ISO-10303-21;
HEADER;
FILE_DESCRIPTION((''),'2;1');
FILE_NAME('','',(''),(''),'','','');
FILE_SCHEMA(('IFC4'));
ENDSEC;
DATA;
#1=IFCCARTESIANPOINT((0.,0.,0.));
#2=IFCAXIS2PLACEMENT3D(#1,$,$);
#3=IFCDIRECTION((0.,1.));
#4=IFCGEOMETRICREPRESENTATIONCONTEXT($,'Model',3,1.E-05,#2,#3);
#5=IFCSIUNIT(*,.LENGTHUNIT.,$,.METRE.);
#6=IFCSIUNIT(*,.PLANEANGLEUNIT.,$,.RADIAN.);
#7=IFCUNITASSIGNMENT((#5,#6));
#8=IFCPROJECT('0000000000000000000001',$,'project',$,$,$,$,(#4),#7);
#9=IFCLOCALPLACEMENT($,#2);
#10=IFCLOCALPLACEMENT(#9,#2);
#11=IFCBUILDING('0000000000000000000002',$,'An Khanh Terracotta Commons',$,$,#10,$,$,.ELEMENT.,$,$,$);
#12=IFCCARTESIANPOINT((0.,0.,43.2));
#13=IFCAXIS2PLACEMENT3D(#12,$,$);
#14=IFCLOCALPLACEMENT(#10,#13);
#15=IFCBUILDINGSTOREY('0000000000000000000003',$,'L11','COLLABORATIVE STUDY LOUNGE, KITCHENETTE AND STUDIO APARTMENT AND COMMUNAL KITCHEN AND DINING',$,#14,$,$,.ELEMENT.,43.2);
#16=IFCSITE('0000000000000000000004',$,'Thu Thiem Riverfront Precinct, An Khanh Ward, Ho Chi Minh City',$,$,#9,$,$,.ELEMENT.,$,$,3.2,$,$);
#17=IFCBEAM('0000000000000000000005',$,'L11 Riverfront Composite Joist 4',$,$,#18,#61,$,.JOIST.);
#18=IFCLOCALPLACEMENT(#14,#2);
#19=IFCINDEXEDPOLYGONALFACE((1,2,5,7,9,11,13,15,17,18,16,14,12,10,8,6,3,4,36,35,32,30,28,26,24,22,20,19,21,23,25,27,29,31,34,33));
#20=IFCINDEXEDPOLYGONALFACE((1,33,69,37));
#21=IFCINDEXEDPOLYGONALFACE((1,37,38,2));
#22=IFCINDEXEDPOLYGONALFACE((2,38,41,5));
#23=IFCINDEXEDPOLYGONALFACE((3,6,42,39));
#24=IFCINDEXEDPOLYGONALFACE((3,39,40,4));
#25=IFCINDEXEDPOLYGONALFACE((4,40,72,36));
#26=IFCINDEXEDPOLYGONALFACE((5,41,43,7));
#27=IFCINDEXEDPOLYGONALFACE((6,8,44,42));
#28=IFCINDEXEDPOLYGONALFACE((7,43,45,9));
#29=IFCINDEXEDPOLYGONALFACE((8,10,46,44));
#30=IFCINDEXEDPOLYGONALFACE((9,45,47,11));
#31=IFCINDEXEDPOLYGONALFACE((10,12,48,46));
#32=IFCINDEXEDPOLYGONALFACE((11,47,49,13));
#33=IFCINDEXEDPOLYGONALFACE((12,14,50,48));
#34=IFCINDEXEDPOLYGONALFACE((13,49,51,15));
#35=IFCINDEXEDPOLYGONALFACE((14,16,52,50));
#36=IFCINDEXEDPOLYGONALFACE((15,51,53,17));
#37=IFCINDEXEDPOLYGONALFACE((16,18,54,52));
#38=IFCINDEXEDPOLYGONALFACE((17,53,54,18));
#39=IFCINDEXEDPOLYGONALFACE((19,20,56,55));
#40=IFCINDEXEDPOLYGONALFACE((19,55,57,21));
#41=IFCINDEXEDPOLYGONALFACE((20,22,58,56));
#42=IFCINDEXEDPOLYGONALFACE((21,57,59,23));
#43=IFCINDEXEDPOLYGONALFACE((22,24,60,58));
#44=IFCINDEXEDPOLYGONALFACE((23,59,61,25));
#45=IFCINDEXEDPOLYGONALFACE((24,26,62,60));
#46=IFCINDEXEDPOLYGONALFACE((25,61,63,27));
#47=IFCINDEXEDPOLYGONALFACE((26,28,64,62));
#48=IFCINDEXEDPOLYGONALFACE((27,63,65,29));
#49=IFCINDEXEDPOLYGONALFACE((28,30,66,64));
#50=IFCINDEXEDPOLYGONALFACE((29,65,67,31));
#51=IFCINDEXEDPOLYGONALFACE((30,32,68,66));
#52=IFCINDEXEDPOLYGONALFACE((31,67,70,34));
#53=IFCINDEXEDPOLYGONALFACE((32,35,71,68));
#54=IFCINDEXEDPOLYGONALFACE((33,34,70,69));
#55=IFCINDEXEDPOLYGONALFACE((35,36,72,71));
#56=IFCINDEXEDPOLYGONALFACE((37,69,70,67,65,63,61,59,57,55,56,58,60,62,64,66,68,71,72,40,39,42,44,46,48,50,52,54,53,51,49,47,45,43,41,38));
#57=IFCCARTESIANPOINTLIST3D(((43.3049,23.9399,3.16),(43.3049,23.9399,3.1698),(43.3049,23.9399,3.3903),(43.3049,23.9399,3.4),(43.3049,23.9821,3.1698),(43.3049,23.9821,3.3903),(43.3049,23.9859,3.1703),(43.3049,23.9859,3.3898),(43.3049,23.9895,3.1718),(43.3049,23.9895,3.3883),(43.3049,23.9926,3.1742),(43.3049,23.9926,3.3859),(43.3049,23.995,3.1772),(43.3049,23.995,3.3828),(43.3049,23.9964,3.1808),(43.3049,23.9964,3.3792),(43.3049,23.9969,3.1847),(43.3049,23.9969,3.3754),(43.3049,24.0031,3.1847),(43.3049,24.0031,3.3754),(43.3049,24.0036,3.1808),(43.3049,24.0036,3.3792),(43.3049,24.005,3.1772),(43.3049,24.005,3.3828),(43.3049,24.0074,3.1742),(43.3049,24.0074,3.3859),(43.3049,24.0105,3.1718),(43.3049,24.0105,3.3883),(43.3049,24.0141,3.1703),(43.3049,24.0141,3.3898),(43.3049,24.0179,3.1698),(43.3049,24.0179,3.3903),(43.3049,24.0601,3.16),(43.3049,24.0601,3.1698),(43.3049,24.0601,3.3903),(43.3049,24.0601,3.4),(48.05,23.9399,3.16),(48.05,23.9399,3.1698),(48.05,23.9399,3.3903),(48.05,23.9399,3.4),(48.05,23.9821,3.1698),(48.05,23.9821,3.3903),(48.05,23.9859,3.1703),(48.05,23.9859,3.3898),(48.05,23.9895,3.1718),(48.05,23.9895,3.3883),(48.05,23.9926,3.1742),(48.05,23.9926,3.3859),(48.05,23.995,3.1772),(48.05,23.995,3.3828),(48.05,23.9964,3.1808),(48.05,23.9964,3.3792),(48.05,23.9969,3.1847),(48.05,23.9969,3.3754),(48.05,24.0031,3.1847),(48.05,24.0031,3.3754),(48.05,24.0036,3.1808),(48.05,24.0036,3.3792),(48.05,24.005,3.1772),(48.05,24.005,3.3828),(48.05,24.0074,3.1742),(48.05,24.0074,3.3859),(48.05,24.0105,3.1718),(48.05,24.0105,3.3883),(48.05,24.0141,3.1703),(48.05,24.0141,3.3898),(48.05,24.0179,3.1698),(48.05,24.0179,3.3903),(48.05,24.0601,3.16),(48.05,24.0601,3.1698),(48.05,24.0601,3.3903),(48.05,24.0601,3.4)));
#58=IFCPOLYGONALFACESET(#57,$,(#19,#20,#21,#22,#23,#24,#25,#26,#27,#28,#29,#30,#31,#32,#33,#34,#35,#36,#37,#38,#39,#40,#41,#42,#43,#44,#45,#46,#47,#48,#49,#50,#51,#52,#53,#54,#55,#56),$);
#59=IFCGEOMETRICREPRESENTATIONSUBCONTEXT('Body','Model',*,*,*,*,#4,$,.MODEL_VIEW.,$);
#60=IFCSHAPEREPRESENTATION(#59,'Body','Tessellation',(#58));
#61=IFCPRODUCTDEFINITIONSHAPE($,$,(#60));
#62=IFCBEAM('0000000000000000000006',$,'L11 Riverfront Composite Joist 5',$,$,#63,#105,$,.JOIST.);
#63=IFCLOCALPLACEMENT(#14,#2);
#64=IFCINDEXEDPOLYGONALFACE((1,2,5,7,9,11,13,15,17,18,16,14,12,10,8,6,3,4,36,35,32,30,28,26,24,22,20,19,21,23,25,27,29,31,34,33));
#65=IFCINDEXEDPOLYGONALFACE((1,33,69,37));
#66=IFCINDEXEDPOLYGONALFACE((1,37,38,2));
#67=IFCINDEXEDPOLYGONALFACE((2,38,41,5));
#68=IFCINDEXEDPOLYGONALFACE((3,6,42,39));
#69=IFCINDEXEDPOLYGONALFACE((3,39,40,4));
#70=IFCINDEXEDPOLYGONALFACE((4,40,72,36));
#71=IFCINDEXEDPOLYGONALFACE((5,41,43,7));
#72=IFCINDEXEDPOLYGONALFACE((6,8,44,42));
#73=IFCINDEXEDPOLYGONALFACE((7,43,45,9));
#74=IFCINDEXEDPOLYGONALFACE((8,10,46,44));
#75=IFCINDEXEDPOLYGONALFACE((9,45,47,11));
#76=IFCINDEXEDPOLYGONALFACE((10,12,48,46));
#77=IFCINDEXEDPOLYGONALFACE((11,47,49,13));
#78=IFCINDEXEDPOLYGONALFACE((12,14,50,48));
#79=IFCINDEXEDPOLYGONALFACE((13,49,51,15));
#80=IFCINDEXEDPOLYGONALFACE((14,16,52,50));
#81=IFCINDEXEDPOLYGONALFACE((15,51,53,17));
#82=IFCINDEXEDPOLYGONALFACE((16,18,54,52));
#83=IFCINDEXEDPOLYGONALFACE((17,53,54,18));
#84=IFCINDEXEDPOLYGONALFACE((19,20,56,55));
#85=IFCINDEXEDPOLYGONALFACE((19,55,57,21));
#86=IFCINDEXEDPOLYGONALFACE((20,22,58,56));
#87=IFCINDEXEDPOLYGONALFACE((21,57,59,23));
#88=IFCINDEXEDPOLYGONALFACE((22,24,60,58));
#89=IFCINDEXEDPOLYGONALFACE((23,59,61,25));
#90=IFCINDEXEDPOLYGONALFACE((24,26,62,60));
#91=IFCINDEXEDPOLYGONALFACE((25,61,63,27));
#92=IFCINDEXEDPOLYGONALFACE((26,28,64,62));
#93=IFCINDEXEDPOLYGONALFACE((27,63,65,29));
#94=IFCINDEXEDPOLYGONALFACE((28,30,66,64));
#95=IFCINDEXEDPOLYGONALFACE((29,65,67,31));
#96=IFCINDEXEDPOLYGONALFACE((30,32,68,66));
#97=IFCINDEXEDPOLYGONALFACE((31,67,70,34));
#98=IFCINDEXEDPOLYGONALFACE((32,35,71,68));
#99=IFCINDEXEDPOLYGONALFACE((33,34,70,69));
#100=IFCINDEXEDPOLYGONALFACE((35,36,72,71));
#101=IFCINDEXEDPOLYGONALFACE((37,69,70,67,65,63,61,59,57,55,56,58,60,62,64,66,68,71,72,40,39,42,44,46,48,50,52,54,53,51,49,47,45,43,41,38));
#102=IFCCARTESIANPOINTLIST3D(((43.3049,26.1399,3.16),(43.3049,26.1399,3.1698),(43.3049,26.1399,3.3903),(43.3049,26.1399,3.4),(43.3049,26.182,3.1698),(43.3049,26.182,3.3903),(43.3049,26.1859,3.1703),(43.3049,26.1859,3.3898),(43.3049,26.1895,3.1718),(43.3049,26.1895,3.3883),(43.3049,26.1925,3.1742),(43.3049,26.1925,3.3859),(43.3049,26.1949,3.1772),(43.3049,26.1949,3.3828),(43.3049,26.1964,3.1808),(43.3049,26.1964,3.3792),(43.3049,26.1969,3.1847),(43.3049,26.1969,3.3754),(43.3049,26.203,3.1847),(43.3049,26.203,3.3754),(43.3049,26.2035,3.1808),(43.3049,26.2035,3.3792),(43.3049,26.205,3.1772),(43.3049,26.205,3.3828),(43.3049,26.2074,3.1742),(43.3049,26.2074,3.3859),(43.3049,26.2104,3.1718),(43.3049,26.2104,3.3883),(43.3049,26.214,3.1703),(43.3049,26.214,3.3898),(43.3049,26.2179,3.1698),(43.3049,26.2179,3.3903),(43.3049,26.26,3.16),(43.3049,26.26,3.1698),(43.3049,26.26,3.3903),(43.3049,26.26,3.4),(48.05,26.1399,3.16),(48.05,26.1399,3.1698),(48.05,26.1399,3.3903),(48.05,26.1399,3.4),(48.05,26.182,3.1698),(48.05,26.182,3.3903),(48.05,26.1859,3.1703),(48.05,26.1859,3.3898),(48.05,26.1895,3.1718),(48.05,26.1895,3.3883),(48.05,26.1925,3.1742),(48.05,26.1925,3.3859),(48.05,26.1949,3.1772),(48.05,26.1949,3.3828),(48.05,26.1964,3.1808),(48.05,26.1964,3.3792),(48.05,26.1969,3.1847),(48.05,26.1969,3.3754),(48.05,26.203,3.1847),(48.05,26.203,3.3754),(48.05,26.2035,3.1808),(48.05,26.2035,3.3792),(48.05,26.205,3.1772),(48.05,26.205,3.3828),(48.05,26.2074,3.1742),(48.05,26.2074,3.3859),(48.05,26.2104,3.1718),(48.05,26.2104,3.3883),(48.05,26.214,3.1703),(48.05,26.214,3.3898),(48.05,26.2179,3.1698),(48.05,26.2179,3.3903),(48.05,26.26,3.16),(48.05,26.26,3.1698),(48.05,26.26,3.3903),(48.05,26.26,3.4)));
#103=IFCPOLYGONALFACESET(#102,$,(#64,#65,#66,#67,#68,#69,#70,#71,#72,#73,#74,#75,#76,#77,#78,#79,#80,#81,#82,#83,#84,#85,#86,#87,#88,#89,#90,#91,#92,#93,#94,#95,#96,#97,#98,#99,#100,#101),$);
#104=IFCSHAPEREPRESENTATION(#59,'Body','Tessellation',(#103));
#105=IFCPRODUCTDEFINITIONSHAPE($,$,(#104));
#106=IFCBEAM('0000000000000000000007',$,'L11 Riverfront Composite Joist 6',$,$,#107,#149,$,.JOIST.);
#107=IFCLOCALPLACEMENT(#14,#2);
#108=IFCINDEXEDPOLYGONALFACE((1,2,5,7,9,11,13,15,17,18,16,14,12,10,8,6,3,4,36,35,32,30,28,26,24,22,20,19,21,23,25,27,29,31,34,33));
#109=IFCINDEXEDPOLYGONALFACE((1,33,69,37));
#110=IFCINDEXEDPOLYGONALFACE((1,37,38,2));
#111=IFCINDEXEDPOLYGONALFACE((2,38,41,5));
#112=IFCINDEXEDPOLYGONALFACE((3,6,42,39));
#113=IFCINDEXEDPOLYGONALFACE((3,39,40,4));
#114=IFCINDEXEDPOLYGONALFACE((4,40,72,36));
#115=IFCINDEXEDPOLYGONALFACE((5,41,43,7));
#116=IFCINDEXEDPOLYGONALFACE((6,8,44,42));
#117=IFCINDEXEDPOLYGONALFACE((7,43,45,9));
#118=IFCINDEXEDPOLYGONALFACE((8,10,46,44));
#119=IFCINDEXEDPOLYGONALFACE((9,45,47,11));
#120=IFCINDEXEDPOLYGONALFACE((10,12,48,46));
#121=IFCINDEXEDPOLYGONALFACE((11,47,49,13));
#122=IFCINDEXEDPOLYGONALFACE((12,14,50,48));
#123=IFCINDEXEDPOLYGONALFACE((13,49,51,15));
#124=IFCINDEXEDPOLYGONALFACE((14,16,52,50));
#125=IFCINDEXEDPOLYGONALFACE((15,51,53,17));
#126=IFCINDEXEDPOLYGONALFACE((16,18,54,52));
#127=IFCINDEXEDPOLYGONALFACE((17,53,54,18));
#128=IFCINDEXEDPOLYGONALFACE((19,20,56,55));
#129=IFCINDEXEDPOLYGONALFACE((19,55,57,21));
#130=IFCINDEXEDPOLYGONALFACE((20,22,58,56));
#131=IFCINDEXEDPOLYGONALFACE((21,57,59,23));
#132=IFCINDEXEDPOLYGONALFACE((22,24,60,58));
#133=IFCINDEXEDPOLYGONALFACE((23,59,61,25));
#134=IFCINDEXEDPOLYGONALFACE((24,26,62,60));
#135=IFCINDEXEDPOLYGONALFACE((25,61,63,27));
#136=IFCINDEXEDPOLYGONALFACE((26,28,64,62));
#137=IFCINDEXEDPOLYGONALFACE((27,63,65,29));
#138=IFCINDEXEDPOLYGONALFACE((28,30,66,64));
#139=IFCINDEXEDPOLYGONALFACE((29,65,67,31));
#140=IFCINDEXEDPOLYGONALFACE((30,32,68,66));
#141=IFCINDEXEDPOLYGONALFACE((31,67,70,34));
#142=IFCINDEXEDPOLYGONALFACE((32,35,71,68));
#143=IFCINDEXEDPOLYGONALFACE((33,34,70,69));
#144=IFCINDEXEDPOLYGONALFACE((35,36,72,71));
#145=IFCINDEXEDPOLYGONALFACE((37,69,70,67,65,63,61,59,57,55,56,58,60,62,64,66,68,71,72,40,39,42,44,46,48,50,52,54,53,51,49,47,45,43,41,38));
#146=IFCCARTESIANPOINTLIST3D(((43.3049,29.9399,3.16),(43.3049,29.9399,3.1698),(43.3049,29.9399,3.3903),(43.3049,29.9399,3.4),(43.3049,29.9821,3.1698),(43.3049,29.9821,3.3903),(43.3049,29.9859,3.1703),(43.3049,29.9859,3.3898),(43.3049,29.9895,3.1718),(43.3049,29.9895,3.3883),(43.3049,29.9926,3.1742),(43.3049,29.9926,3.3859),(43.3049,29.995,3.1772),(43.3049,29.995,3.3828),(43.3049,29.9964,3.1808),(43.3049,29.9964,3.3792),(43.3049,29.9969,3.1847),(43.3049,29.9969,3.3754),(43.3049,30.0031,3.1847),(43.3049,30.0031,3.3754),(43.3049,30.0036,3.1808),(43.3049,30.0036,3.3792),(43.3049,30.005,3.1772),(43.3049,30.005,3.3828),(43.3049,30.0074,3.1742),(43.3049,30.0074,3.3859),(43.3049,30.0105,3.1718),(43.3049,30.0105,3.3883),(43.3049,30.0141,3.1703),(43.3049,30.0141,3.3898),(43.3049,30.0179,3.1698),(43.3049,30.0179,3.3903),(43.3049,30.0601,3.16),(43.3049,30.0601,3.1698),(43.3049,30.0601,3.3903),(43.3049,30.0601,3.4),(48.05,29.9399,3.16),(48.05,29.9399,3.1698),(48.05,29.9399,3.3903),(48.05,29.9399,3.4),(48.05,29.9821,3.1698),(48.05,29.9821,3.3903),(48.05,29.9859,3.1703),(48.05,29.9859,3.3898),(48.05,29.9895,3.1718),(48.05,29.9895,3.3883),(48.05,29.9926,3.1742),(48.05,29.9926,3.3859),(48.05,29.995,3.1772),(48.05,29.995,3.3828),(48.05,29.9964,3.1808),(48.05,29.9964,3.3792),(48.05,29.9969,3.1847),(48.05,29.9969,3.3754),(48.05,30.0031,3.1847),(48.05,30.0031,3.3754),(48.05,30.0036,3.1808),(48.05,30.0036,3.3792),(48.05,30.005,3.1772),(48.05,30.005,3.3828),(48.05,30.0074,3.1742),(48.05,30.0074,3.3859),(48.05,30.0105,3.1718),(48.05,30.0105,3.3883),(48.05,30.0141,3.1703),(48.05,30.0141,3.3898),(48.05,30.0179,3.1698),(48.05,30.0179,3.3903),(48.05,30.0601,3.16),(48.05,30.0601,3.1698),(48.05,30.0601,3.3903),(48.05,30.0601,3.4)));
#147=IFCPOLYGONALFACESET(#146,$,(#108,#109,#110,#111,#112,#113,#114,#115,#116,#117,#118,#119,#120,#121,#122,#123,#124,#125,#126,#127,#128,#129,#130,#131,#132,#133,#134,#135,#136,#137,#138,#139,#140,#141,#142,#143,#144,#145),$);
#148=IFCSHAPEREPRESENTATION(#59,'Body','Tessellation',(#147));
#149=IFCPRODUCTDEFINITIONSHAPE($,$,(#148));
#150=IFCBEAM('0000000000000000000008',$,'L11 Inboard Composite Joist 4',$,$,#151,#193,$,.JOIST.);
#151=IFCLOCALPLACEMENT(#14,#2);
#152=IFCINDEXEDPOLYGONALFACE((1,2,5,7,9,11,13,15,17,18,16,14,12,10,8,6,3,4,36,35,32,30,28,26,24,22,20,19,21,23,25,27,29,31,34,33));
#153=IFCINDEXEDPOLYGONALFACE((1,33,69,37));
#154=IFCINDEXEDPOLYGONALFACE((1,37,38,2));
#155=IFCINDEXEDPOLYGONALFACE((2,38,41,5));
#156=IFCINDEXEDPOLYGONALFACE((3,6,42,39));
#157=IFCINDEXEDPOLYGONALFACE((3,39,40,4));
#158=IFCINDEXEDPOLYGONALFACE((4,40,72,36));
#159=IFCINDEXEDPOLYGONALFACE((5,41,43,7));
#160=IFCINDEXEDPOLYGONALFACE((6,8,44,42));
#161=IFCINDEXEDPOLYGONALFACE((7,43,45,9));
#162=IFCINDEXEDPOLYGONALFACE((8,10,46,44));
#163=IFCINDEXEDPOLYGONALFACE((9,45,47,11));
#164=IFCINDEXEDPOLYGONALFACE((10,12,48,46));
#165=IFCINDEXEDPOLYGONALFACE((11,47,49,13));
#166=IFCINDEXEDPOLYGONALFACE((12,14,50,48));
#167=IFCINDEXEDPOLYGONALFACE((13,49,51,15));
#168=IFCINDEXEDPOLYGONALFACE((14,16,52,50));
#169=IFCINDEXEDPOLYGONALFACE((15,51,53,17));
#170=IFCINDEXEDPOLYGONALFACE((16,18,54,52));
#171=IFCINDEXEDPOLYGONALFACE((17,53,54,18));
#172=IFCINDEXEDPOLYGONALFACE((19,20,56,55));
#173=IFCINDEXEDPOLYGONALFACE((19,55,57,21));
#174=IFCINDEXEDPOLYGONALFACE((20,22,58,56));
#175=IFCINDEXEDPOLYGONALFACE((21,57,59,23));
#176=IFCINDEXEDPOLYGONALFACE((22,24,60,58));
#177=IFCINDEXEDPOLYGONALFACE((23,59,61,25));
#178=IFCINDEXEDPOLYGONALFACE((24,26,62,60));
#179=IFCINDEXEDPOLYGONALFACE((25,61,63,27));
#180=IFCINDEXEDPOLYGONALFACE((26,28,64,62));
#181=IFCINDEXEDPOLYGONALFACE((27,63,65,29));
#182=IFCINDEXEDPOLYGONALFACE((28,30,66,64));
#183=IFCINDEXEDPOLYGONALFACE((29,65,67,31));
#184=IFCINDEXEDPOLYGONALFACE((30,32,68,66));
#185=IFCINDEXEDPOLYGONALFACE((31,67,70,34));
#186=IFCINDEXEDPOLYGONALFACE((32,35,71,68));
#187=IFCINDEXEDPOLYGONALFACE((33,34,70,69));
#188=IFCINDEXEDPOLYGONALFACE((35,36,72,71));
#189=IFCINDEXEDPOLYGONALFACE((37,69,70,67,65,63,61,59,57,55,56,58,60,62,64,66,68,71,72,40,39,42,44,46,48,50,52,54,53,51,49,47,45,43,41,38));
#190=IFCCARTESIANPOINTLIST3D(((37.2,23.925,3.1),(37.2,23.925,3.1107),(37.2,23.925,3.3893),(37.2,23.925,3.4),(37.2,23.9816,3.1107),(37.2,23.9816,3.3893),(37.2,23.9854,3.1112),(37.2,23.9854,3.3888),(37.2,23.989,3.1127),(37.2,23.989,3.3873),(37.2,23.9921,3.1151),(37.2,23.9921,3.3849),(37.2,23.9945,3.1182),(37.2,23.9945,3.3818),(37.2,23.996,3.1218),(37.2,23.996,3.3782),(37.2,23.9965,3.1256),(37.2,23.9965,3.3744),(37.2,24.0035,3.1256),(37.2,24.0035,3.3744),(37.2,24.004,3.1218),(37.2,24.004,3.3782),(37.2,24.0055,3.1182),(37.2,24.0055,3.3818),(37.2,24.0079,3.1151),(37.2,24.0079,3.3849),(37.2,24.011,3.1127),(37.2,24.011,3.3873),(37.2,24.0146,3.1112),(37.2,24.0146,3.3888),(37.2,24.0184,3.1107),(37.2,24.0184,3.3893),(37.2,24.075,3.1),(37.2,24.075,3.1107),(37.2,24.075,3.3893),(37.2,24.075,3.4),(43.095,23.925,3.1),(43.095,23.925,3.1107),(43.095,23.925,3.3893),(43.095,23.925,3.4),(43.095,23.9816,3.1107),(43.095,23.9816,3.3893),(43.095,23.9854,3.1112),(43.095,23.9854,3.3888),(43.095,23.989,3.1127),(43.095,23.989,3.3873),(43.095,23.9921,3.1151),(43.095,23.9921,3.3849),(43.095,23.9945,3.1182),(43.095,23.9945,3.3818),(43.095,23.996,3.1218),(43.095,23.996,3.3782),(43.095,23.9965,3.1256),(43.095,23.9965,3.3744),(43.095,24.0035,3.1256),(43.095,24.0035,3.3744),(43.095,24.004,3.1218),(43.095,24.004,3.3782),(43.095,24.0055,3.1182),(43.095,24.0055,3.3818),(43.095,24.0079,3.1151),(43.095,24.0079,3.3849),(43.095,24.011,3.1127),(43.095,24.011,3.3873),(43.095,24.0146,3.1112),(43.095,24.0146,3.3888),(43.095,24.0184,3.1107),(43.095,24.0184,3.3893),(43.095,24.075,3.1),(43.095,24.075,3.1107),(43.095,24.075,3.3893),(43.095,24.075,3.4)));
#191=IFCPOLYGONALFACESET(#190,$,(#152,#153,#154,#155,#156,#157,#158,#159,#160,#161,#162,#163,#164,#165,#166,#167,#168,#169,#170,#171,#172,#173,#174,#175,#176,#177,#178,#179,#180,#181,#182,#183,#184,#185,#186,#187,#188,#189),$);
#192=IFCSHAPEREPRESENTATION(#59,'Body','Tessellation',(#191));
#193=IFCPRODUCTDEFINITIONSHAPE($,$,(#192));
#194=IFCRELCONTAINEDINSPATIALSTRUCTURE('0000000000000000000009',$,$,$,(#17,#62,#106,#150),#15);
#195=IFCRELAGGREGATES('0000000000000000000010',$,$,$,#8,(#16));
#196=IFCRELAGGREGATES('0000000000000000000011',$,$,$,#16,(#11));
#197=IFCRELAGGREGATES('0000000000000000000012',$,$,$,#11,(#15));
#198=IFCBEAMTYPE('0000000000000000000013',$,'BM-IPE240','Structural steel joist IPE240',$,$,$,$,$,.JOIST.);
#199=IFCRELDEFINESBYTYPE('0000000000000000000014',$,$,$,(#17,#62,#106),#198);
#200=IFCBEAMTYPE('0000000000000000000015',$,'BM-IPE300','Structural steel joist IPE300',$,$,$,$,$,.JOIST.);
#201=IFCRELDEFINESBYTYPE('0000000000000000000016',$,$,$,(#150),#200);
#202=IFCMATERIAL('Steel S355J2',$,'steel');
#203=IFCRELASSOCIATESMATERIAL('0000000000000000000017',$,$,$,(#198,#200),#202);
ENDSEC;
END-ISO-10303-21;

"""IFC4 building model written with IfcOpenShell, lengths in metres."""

from ifc_helpers import new_model, si_unit, direction, frame, origin, origin_2d, place, context, subcontext, project, spatial, i_section, extrude, material, material_profile, profile_set, type_object, element, save


model = new_model("IFC4")

# Units and contexts
model_context = context("Model", 3, precision=1e-05, world=origin(), true_north=direction((0.0, 1.0)))
body_context = subcontext(model_context, "Body", "Model", "MODEL_VIEW")
ifc_project = project(units=[si_unit("LENGTHUNIT", "METRE"), si_unit("PLANEANGLEUNIT", "RADIAN")], contexts=[model_context])

# Site, building, storey
site_placement = place(None, origin())
site = spatial("IfcSite", under=ifc_project, at=site_placement, Name="Thu Thiem Riverfront Precinct, An Khanh Ward, Ho Chi Minh City", CompositionType="ELEMENT", RefElevation=3.2)
building_placement = place(site_placement, origin())
building = spatial("IfcBuilding", under=site, at=building_placement, Name="An Khanh Terracotta Commons", CompositionType="ELEMENT")
storey_placement = place(building_placement, frame((0.0, 0.0, 43.2)))
storey = spatial("IfcBuildingStorey", under=building, at=storey_placement, Name="L11", Description="COLLABORATIVE STUDY LOUNGE, KITCHENETTE AND STUDIO APARTMENT AND COMMUNAL KITCHEN AND DINING", CompositionType="ELEMENT", Elevation=43.2)

# Beams
ifc_material_1 = material(Name="Steel S355J2", Category="steel")
ifc_material_profile_1 = material_profile(ifc_material_1, i_section(OverallWidth=0.1201, OverallDepth=0.24, WebThickness=0.0061, FlangeThickness=0.0098, FilletRadius=0.0149, at=origin_2d()), Name="IPE240")
ifc_profile_set_1 = profile_set([ifc_material_profile_1], Name="Steel S355J2")
beam_type_1 = type_object("IfcBeamType", Name="BM-IPE240", Description="Structural steel joist IPE240", PredefinedType="JOIST", material=ifc_profile_set_1)
for number, where, z_axis, x_axis, name in (
    (1, (43.3049, 24.0, 3.28), (1.0, 0.0, 0.0), (0.0, 1.0, 0.0), "L11 Riverfront Composite Joist 4"),
    (2, (43.3049, 26.2, 3.28), (1.0, 0.0, 0.0), (0.0, 1.0, 0.0), "L11 Riverfront Composite Joist 5"),
    (3, (43.3049, 30.0, 3.28), (1.0, 0.0, 0.0), (0.0, 1.0, 0.0), "L11 Riverfront Composite Joist 6"),
):
    element("IfcBeam", number, at=place(storey_placement, frame(where, z_axis=z_axis, x_axis=x_axis)), inside=storey, type_object=beam_type_1, Name=name, PredefinedType="JOIST", context=body_context, shape_type="SweptSolid", body=[
        extrude(i_section(OverallWidth=0.1201, OverallDepth=0.24, WebThickness=0.0061, FlangeThickness=0.0098, FilletRadius=0.0149, at=origin_2d()), origin(), (0.0, 0.0, 1.0), 4.7451),
    ])
ifc_material_profile_2 = material_profile(ifc_material_1, i_section(OverallWidth=0.1499, OverallDepth=0.3, WebThickness=0.0071, FlangeThickness=0.0107, FilletRadius=0.0149, at=origin_2d()), Name="IPE300")
ifc_profile_set_2 = profile_set([ifc_material_profile_2], Name="Steel S355J2")
beam_type_2 = type_object("IfcBeamType", Name="BM-IPE300", Description="Structural steel joist IPE300", PredefinedType="JOIST", material=ifc_profile_set_2)
for number, where, z_axis, x_axis, name in (
    (4, (37.2, 24.0, 3.25), (1.0, 0.0, 0.0), (0.0, 1.0, 0.0), "L11 Inboard Composite Joist 4"),
):
    element("IfcBeam", number, at=place(storey_placement, frame(where, z_axis=z_axis, x_axis=x_axis)), inside=storey, type_object=beam_type_2, Name=name, PredefinedType="JOIST", context=body_context, shape_type="SweptSolid", body=[
        extrude(i_section(OverallWidth=0.1499, OverallDepth=0.3, WebThickness=0.0071, FlangeThickness=0.0107, FilletRadius=0.0149, at=origin_2d()), origin(), (0.0, 0.0, 1.0), 5.895),
    ])

save(model, "model.ifc")
